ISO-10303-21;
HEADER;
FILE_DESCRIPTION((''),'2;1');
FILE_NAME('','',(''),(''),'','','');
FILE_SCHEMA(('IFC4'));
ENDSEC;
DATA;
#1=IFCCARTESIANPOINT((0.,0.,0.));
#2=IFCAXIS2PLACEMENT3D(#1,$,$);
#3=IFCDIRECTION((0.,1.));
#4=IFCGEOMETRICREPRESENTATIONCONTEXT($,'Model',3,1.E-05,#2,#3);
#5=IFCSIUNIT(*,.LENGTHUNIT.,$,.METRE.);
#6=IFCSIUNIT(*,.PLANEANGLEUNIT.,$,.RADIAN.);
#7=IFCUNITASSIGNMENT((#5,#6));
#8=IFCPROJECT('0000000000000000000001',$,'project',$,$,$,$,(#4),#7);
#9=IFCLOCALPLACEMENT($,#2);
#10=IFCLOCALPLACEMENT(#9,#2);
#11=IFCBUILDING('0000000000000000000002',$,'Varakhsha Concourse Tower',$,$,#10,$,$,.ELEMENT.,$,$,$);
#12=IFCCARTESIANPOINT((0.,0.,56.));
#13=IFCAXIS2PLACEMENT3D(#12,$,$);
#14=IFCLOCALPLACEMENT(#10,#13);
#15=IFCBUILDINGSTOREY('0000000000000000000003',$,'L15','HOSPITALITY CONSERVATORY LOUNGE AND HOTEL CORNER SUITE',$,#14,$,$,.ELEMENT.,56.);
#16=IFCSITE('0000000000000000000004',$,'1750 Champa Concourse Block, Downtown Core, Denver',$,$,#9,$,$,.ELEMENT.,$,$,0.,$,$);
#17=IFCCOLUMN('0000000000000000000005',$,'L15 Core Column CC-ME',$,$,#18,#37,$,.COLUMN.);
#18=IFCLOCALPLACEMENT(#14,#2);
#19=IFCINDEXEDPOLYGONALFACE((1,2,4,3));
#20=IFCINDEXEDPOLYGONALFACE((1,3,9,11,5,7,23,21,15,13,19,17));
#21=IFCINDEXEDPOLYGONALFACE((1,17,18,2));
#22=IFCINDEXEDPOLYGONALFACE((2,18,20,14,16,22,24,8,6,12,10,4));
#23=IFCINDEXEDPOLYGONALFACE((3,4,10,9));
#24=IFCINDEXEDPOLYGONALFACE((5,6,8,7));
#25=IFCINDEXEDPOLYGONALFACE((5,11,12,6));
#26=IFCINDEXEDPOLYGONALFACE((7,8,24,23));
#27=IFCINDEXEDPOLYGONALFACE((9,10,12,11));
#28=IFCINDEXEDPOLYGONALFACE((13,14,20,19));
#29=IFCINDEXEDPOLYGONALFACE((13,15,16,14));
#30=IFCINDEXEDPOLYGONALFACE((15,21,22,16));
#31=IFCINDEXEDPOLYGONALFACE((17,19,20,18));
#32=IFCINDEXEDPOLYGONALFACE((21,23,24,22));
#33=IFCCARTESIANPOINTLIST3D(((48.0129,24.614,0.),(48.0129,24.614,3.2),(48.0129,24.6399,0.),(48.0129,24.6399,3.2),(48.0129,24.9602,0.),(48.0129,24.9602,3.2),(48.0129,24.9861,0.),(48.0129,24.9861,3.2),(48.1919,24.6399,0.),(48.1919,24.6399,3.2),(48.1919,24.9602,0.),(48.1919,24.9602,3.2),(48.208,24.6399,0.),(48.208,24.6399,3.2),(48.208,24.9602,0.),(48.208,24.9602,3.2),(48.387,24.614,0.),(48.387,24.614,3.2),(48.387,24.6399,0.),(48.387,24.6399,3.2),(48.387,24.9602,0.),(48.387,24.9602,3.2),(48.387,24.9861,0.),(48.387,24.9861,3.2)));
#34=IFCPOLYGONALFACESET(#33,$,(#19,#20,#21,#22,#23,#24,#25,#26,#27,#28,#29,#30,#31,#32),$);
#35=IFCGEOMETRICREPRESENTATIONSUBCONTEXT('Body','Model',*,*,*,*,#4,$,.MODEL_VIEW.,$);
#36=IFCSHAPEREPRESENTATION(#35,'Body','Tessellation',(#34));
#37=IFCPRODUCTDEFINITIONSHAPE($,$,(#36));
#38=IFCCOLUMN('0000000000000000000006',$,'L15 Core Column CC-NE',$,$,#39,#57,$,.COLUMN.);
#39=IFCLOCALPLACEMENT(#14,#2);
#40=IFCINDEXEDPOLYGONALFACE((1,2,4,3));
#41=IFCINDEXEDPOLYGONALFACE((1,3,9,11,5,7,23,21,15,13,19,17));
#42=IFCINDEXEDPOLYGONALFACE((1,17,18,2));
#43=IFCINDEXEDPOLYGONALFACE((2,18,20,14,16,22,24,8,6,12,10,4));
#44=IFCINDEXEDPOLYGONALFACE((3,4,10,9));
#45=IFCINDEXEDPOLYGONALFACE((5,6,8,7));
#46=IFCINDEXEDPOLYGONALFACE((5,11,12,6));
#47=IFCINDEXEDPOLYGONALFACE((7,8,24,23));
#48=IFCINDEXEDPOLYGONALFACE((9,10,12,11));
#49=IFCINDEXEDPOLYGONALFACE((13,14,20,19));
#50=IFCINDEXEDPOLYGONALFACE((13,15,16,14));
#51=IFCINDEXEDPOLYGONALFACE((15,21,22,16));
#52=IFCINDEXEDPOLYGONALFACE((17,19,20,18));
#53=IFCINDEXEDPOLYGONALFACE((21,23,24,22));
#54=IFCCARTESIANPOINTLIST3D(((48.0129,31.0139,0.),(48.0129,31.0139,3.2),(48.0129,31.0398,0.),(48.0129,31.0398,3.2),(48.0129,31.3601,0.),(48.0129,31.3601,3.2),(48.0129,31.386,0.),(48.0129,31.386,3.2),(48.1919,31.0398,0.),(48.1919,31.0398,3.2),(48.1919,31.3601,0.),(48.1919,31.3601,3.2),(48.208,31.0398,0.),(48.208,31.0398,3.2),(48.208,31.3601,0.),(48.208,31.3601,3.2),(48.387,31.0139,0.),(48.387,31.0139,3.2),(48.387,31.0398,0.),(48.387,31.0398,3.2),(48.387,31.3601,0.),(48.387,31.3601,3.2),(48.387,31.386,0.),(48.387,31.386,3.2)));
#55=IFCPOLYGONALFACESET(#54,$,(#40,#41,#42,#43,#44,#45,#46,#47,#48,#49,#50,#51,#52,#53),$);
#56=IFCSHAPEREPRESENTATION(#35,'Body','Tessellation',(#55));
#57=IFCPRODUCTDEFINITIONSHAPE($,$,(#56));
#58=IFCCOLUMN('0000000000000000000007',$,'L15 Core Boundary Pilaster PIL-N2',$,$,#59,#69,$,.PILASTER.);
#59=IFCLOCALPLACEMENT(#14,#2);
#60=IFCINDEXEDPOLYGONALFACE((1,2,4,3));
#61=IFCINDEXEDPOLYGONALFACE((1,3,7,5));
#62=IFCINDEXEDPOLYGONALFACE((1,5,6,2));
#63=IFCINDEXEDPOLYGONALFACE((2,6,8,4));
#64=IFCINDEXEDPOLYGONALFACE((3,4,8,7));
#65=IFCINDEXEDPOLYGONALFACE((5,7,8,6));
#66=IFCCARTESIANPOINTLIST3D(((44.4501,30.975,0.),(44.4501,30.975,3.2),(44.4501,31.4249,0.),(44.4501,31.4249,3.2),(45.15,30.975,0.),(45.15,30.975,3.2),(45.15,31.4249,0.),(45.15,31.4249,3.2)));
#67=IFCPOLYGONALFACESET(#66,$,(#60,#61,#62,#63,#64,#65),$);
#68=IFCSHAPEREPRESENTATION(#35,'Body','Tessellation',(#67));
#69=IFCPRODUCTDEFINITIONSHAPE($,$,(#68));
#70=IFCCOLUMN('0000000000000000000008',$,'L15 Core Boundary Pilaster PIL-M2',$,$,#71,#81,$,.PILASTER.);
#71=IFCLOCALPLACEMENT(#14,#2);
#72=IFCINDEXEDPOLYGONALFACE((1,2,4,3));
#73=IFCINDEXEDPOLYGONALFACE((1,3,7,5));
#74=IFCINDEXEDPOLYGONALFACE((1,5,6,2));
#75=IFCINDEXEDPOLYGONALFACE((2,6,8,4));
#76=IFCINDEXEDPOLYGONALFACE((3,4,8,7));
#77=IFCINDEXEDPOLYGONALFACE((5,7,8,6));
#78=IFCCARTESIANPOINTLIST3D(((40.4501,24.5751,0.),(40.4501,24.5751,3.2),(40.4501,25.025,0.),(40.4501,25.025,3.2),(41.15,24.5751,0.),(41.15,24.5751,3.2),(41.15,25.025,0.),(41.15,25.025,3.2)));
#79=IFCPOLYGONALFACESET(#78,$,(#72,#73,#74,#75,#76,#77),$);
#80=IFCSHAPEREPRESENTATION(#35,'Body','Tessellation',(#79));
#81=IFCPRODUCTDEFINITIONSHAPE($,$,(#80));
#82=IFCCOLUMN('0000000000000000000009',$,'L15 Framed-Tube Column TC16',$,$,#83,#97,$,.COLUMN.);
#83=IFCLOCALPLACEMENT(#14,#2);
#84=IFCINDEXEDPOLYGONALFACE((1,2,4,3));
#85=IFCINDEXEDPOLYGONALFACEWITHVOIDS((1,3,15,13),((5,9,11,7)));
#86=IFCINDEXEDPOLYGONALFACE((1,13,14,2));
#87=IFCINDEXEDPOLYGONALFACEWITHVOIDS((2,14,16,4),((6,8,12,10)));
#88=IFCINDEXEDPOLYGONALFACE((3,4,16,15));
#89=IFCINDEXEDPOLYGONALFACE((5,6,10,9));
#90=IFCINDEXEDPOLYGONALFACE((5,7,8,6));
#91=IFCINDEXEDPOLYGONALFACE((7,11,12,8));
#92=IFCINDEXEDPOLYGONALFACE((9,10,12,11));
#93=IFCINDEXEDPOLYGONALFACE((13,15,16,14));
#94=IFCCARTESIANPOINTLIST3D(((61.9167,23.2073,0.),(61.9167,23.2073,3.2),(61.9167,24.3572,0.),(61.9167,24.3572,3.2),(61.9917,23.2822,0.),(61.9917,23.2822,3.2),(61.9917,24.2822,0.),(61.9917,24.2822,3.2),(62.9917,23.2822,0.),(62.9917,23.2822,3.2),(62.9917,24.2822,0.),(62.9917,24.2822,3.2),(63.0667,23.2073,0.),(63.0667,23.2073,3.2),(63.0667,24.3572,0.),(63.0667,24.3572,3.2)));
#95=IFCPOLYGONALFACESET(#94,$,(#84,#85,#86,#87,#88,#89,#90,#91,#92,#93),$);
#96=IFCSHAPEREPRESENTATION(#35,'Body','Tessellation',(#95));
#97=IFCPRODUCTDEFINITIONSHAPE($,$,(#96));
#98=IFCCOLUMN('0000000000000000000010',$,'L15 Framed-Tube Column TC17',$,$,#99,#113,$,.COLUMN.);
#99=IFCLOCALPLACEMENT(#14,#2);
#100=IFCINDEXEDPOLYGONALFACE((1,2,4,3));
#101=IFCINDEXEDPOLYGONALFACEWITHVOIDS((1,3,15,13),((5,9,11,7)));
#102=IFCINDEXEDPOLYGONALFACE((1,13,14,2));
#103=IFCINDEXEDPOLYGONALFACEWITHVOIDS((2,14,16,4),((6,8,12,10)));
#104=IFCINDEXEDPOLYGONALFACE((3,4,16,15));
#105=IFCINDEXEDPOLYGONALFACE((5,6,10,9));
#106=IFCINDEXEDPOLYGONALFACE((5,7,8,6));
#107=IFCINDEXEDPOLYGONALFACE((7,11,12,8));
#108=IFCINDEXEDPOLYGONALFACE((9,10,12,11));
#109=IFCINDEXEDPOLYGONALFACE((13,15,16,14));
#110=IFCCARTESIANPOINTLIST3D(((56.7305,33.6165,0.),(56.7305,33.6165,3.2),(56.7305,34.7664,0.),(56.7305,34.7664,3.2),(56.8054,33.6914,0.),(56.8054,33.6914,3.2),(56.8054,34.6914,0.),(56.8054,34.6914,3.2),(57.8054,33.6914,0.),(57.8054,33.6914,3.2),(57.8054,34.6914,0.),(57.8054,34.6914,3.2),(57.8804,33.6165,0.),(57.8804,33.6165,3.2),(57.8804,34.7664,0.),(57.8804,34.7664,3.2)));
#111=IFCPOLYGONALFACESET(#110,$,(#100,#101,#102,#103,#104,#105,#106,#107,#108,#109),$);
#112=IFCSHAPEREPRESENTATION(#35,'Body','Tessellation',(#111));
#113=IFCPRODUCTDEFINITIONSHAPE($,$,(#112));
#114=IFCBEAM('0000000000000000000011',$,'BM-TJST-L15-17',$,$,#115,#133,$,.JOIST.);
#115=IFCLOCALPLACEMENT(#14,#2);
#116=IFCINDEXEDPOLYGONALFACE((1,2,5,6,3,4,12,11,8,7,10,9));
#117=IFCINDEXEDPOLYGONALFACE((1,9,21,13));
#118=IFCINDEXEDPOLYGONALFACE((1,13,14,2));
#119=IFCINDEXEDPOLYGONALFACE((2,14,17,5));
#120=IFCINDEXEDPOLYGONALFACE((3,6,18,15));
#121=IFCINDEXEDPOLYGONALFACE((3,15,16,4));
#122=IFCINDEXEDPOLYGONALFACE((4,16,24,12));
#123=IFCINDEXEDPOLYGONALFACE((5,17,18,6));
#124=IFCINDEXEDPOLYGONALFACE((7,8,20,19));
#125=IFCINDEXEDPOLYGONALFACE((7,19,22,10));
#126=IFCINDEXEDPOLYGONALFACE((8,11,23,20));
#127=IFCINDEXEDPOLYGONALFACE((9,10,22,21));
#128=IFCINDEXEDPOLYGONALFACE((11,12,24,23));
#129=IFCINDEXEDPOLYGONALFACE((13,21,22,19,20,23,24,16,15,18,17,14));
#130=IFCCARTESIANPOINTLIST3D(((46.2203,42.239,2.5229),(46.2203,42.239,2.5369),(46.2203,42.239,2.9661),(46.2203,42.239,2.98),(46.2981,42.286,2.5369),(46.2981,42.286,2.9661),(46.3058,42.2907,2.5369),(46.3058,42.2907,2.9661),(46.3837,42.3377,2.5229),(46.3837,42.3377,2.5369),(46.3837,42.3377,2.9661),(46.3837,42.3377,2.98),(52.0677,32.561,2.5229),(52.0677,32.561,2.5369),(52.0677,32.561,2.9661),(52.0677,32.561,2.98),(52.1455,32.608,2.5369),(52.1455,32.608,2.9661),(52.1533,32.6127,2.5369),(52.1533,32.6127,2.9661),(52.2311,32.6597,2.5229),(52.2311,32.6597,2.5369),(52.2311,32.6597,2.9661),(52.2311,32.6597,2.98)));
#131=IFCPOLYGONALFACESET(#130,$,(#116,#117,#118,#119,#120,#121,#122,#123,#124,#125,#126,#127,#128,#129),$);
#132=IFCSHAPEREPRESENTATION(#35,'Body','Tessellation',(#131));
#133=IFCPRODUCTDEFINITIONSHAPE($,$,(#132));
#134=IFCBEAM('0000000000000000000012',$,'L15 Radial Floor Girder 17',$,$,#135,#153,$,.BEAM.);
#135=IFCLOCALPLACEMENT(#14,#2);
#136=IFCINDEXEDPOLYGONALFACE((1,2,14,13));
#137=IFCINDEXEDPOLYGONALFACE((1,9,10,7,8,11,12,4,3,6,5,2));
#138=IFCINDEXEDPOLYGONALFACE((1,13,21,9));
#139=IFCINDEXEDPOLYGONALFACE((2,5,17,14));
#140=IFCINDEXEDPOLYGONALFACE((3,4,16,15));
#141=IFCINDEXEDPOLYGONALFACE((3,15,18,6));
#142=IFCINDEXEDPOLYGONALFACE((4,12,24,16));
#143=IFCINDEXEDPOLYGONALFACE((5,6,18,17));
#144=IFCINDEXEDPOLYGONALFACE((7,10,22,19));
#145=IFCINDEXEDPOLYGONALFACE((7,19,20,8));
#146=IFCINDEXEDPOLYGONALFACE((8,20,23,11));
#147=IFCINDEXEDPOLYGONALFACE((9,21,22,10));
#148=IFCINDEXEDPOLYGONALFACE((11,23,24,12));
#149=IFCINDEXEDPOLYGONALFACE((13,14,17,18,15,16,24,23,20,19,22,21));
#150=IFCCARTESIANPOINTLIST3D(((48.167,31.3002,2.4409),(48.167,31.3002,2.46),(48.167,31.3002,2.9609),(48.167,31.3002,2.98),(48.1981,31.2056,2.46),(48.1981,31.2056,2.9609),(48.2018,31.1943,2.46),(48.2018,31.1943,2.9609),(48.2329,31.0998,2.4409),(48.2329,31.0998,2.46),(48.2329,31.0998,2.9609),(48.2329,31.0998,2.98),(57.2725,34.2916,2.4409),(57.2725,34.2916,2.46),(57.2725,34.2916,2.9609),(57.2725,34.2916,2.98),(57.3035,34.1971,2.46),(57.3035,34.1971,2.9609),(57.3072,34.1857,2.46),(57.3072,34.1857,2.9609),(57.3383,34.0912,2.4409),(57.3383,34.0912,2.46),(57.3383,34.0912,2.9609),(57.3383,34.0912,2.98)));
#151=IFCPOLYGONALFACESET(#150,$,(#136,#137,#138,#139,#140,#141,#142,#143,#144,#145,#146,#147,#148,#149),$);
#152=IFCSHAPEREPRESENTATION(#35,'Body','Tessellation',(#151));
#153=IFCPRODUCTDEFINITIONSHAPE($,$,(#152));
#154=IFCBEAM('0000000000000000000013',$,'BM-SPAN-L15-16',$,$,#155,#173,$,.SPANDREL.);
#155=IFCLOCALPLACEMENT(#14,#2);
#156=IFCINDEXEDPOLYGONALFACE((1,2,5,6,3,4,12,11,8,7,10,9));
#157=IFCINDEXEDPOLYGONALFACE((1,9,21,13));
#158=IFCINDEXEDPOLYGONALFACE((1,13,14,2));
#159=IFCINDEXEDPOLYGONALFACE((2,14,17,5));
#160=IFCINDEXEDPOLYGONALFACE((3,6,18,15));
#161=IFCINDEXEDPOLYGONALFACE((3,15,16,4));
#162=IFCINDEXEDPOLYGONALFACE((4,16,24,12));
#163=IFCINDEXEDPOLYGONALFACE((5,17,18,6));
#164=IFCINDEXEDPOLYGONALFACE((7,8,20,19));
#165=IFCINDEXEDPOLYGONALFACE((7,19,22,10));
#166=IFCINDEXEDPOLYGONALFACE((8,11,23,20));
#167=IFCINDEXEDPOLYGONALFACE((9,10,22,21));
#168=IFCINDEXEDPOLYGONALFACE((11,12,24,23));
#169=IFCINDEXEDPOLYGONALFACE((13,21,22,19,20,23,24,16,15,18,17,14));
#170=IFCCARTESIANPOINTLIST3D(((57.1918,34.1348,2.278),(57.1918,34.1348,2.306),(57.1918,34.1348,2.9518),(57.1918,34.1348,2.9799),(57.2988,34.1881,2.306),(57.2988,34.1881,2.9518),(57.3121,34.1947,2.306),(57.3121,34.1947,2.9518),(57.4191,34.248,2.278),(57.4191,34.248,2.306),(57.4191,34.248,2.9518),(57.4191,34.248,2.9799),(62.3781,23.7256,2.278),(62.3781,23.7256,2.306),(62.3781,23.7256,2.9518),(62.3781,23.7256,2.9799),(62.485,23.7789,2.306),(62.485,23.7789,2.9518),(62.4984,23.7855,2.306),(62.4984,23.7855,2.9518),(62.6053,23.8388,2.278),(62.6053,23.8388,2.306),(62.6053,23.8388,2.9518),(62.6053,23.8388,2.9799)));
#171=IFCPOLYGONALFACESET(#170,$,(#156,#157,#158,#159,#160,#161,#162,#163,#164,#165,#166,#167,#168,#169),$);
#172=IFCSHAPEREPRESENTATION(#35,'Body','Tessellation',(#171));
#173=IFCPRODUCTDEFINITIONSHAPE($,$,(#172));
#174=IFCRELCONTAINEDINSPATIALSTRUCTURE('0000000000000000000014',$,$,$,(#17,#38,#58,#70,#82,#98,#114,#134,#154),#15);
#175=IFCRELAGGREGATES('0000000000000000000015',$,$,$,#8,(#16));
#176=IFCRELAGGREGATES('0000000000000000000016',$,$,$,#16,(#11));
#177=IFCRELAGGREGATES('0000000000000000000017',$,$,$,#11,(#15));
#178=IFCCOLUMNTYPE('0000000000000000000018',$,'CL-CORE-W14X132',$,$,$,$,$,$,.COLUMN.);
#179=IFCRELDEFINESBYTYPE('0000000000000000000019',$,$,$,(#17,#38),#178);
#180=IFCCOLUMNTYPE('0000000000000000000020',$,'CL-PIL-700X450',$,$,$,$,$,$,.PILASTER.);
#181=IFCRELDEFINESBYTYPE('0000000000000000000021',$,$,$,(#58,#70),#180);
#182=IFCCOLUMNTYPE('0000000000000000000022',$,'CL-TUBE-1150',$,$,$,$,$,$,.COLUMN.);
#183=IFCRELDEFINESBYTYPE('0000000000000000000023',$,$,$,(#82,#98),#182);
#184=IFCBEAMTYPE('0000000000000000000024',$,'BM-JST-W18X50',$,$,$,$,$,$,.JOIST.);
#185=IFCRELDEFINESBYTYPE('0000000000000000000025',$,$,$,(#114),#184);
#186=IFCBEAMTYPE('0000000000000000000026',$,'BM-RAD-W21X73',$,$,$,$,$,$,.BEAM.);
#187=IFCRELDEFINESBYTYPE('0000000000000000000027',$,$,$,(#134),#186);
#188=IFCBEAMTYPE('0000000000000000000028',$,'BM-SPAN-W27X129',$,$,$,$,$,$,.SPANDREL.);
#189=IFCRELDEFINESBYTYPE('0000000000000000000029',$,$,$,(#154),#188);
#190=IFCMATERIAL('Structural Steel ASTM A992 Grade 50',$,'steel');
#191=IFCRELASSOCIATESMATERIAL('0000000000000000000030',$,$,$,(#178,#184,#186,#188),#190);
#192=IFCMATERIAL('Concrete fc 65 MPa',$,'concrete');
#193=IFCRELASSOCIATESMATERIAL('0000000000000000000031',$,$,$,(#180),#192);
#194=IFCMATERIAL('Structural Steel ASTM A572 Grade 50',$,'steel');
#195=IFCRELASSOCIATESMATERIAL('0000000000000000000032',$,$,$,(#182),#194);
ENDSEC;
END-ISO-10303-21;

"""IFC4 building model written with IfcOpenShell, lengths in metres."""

from ifc_helpers import new_model, si_unit, direction, frame, origin, origin_2d, place, context, subcontext, project, spatial, rectangle, hollow_rectangle, i_section, extrude, material, material_profile, profile_set, type_object, element, save


model = new_model("IFC4")

# Units and contexts
model_context = context("Model", 3, precision=1e-05, world=origin(), true_north=direction((0.0, 1.0)))
body_context = subcontext(model_context, "Body", "Model", "MODEL_VIEW")
ifc_project = project(units=[si_unit("LENGTHUNIT", "METRE"), si_unit("PLANEANGLEUNIT", "RADIAN")], contexts=[model_context])

# Site, building, storey
site_placement = place(None, origin())
site = spatial("IfcSite", under=ifc_project, at=site_placement, Name="1750 Champa Concourse Block, Downtown Core, Denver", CompositionType="ELEMENT", RefElevation=0.0)
building_placement = place(site_placement, origin())
building = spatial("IfcBuilding", under=site, at=building_placement, Name="Varakhsha Concourse Tower", CompositionType="ELEMENT")
storey_placement = place(building_placement, frame((0.0, 0.0, 56.0)))
storey = spatial("IfcBuildingStorey", under=building, at=storey_placement, Name="L15", Description="HOSPITALITY CONSERVATORY LOUNGE AND HOTEL CORNER SUITE", CompositionType="ELEMENT", Elevation=56.0)

# Columns
ifc_material_1 = material(Name="Structural Steel ASTM A992 Grade 50", Category="steel")
ifc_material_profile_1 = material_profile(ifc_material_1, i_section(OverallWidth=0.374, OverallDepth=0.3721, WebThickness=0.0161, FlangeThickness=0.0259, at=origin_2d()), Name="W14X132")
ifc_profile_set_1 = profile_set([ifc_material_profile_1], Name="Structural Steel ASTM A992 Grade 50")
column_type_1 = type_object("IfcColumnType", Name="CL-CORE-W14X132", PredefinedType="COLUMN", material=ifc_profile_set_1)
for number, where, z_axis, x_axis, name in (
    (1, (48.2, 24.8, 0.0), (0.0, 0.0, 1.0), (1.0, 0.0, 0.0), "L15 Core Column CC-ME"),
    (2, (48.2, 31.2, 0.0), (0.0, 0.0, 1.0), (1.0, 0.0, 0.0), "L15 Core Column CC-NE"),
):
    element("IfcColumn", number, at=place(storey_placement, frame(where, z_axis=z_axis, x_axis=x_axis)), inside=storey, type_object=column_type_1, Name=name, PredefinedType="COLUMN", context=body_context, shape_type="SweptSolid", body=[
        extrude(i_section(OverallWidth=0.374, OverallDepth=0.3721, WebThickness=0.0161, FlangeThickness=0.0259, at=origin_2d()), origin(), (0.0, 0.0, 1.0), 3.2),
    ])
ifc_material_2 = material(Name="Concrete fc 65 MPa", Category="concrete")
ifc_material_profile_2 = material_profile(ifc_material_2, rectangle(XDim=0.7, YDim=0.45, at=origin_2d()), Name="RC 700x450")
ifc_profile_set_2 = profile_set([ifc_material_profile_2], Name="Concrete fc 65 MPa")
column_type_2 = type_object("IfcColumnType", Name="CL-PIL-700X450", PredefinedType="PILASTER", material=ifc_profile_set_2)
for number, where, z_axis, x_axis, name in (
    (3, (44.8, 31.2, 0.0), (0.0, 0.0, 1.0), (1.0, 0.0, 0.0), "L15 Core Boundary Pilaster PIL-N2"),
    (4, (40.8, 24.8, 0.0), (0.0, 0.0, 1.0), (1.0, 0.0, 0.0), "L15 Core Boundary Pilaster PIL-M2"),
):
    element("IfcColumn", number, at=place(storey_placement, frame(where, z_axis=z_axis, x_axis=x_axis)), inside=storey, type_object=column_type_2, Name=name, PredefinedType="PILASTER", context=body_context, shape_type="SweptSolid", body=[
        extrude(rectangle(XDim=0.7, YDim=0.45, at=origin_2d()), origin(), (0.0, 0.0, 1.0), 3.2),
    ])
ifc_material_3 = material(Name="Structural Steel ASTM A572 Grade 50", Category="steel")
ifc_material_profile_3 = material_profile(ifc_material_3, hollow_rectangle(XDim=1.1499, YDim=1.1499, WallThickness=0.075, at=origin_2d()), Name="BOX 1150x1150x75")
ifc_profile_set_3 = profile_set([ifc_material_profile_3], Name="Structural Steel ASTM A572 Grade 50")
column_type_3 = type_object("IfcColumnType", Name="CL-TUBE-1150", PredefinedType="COLUMN", material=ifc_profile_set_3)
for number, where, z_axis, x_axis, name in (
    (5, (62.4917, 23.7822, 0.0), (0.0, 0.0, 1.0), (1.0, 0.0, 0.0), "L15 Framed-Tube Column TC16"),
    (6, (57.3054, 34.1914, 0.0), (0.0, 0.0, 1.0), (1.0, 0.0, 0.0), "L15 Framed-Tube Column TC17"),
):
    element("IfcColumn", number, at=place(storey_placement, frame(where, z_axis=z_axis, x_axis=x_axis)), inside=storey, type_object=column_type_3, Name=name, PredefinedType="COLUMN", context=body_context, shape_type="SweptSolid", body=[
        extrude(hollow_rectangle(XDim=1.1499, YDim=1.1499, WallThickness=0.075, at=origin_2d()), origin(), (0.0, 0.0, 1.0), 3.2),
    ])

# Beams
ifc_material_profile_4 = material_profile(ifc_material_1, i_section(OverallWidth=0.1909, OverallDepth=0.457, WebThickness=0.009, FlangeThickness=0.0139, at=origin_2d()), Name="W18X50")
ifc_profile_set_4 = profile_set([ifc_material_profile_4], Name="Structural Steel ASTM A992 Grade 50")
beam_type_1 = type_object("IfcBeamType", Name="BM-JST-W18X50", PredefinedType="JOIST", material=ifc_profile_set_4)
beam_1_placement = place(storey_placement, frame((52.1494, 32.6104, 2.7515), z_axis=(-0.517135, 0.855904, 0.0), x_axis=(-0.855904, -0.517135, 0.0)))
element("IfcBeam", 7, at=beam_1_placement, inside=storey, type_object=beam_type_1, Name="BM-TJST-L15-17", PredefinedType="JOIST", context=body_context, shape_type="SweptSolid", body=[
    extrude(i_section(OverallWidth=0.1909, OverallDepth=0.457, WebThickness=0.009, FlangeThickness=0.0139, at=origin_2d()), origin(), (0.0, 0.0, 1.0), 11.3074),
])
ifc_material_profile_5 = material_profile(ifc_material_1, i_section(OverallWidth=0.2109, OverallDepth=0.5391, WebThickness=0.012, FlangeThickness=0.019, at=origin_2d()), Name="W21X73")
ifc_profile_set_5 = profile_set([ifc_material_profile_5], Name="Structural Steel ASTM A992 Grade 50")
beam_type_2 = type_object("IfcBeamType", Name="BM-RAD-W21X73", PredefinedType="BEAM", material=ifc_profile_set_5)
beam_2_placement = place(storey_placement, frame((48.2, 31.2, 2.7104), z_axis=(0.950042, 0.312121, 0.0), x_axis=(-0.312121, 0.950042, 0.0)))
element("IfcBeam", 8, at=beam_2_placement, inside=storey, type_object=beam_type_2, Name="L15 Radial Floor Girder 17", PredefinedType="BEAM", context=body_context, shape_type="SweptSolid", body=[
    extrude(i_section(OverallWidth=0.2109, OverallDepth=0.5391, WebThickness=0.012, FlangeThickness=0.019, at=origin_2d()), origin(), (0.0, 0.0, 1.0), 9.5842),
])
ifc_material_profile_6 = material_profile(ifc_material_1, i_section(OverallWidth=0.2539, OverallDepth=0.7019, WebThickness=0.0149, FlangeThickness=0.0281, at=origin_2d()), Name="W27X129")
ifc_profile_set_6 = profile_set([ifc_material_profile_6], Name="Structural Steel ASTM A992 Grade 50")
beam_type_3 = type_object("IfcBeamType", Name="BM-SPAN-W27X129", PredefinedType="SPANDREL", material=ifc_profile_set_6)
for number, where, z_axis, x_axis, name in (
    (9, (62.4917, 23.7822, 2.6289), (-0.445954, 0.895056, 0.0), (-0.895056, -0.445954, 0.0), "BM-SPAN-L15-16"),
):
    element("IfcBeam", number, at=place(storey_placement, frame(where, z_axis=z_axis, x_axis=x_axis)), inside=storey, type_object=beam_type_3, Name=name, PredefinedType="SPANDREL", context=body_context, shape_type="SweptSolid", body=[
        extrude(i_section(OverallWidth=0.2539, OverallDepth=0.7019, WebThickness=0.0149, FlangeThickness=0.0281, at=origin_2d()), origin(), (0.0, 0.0, 1.0), 11.6296),
    ])

save(model, "model.ifc")
